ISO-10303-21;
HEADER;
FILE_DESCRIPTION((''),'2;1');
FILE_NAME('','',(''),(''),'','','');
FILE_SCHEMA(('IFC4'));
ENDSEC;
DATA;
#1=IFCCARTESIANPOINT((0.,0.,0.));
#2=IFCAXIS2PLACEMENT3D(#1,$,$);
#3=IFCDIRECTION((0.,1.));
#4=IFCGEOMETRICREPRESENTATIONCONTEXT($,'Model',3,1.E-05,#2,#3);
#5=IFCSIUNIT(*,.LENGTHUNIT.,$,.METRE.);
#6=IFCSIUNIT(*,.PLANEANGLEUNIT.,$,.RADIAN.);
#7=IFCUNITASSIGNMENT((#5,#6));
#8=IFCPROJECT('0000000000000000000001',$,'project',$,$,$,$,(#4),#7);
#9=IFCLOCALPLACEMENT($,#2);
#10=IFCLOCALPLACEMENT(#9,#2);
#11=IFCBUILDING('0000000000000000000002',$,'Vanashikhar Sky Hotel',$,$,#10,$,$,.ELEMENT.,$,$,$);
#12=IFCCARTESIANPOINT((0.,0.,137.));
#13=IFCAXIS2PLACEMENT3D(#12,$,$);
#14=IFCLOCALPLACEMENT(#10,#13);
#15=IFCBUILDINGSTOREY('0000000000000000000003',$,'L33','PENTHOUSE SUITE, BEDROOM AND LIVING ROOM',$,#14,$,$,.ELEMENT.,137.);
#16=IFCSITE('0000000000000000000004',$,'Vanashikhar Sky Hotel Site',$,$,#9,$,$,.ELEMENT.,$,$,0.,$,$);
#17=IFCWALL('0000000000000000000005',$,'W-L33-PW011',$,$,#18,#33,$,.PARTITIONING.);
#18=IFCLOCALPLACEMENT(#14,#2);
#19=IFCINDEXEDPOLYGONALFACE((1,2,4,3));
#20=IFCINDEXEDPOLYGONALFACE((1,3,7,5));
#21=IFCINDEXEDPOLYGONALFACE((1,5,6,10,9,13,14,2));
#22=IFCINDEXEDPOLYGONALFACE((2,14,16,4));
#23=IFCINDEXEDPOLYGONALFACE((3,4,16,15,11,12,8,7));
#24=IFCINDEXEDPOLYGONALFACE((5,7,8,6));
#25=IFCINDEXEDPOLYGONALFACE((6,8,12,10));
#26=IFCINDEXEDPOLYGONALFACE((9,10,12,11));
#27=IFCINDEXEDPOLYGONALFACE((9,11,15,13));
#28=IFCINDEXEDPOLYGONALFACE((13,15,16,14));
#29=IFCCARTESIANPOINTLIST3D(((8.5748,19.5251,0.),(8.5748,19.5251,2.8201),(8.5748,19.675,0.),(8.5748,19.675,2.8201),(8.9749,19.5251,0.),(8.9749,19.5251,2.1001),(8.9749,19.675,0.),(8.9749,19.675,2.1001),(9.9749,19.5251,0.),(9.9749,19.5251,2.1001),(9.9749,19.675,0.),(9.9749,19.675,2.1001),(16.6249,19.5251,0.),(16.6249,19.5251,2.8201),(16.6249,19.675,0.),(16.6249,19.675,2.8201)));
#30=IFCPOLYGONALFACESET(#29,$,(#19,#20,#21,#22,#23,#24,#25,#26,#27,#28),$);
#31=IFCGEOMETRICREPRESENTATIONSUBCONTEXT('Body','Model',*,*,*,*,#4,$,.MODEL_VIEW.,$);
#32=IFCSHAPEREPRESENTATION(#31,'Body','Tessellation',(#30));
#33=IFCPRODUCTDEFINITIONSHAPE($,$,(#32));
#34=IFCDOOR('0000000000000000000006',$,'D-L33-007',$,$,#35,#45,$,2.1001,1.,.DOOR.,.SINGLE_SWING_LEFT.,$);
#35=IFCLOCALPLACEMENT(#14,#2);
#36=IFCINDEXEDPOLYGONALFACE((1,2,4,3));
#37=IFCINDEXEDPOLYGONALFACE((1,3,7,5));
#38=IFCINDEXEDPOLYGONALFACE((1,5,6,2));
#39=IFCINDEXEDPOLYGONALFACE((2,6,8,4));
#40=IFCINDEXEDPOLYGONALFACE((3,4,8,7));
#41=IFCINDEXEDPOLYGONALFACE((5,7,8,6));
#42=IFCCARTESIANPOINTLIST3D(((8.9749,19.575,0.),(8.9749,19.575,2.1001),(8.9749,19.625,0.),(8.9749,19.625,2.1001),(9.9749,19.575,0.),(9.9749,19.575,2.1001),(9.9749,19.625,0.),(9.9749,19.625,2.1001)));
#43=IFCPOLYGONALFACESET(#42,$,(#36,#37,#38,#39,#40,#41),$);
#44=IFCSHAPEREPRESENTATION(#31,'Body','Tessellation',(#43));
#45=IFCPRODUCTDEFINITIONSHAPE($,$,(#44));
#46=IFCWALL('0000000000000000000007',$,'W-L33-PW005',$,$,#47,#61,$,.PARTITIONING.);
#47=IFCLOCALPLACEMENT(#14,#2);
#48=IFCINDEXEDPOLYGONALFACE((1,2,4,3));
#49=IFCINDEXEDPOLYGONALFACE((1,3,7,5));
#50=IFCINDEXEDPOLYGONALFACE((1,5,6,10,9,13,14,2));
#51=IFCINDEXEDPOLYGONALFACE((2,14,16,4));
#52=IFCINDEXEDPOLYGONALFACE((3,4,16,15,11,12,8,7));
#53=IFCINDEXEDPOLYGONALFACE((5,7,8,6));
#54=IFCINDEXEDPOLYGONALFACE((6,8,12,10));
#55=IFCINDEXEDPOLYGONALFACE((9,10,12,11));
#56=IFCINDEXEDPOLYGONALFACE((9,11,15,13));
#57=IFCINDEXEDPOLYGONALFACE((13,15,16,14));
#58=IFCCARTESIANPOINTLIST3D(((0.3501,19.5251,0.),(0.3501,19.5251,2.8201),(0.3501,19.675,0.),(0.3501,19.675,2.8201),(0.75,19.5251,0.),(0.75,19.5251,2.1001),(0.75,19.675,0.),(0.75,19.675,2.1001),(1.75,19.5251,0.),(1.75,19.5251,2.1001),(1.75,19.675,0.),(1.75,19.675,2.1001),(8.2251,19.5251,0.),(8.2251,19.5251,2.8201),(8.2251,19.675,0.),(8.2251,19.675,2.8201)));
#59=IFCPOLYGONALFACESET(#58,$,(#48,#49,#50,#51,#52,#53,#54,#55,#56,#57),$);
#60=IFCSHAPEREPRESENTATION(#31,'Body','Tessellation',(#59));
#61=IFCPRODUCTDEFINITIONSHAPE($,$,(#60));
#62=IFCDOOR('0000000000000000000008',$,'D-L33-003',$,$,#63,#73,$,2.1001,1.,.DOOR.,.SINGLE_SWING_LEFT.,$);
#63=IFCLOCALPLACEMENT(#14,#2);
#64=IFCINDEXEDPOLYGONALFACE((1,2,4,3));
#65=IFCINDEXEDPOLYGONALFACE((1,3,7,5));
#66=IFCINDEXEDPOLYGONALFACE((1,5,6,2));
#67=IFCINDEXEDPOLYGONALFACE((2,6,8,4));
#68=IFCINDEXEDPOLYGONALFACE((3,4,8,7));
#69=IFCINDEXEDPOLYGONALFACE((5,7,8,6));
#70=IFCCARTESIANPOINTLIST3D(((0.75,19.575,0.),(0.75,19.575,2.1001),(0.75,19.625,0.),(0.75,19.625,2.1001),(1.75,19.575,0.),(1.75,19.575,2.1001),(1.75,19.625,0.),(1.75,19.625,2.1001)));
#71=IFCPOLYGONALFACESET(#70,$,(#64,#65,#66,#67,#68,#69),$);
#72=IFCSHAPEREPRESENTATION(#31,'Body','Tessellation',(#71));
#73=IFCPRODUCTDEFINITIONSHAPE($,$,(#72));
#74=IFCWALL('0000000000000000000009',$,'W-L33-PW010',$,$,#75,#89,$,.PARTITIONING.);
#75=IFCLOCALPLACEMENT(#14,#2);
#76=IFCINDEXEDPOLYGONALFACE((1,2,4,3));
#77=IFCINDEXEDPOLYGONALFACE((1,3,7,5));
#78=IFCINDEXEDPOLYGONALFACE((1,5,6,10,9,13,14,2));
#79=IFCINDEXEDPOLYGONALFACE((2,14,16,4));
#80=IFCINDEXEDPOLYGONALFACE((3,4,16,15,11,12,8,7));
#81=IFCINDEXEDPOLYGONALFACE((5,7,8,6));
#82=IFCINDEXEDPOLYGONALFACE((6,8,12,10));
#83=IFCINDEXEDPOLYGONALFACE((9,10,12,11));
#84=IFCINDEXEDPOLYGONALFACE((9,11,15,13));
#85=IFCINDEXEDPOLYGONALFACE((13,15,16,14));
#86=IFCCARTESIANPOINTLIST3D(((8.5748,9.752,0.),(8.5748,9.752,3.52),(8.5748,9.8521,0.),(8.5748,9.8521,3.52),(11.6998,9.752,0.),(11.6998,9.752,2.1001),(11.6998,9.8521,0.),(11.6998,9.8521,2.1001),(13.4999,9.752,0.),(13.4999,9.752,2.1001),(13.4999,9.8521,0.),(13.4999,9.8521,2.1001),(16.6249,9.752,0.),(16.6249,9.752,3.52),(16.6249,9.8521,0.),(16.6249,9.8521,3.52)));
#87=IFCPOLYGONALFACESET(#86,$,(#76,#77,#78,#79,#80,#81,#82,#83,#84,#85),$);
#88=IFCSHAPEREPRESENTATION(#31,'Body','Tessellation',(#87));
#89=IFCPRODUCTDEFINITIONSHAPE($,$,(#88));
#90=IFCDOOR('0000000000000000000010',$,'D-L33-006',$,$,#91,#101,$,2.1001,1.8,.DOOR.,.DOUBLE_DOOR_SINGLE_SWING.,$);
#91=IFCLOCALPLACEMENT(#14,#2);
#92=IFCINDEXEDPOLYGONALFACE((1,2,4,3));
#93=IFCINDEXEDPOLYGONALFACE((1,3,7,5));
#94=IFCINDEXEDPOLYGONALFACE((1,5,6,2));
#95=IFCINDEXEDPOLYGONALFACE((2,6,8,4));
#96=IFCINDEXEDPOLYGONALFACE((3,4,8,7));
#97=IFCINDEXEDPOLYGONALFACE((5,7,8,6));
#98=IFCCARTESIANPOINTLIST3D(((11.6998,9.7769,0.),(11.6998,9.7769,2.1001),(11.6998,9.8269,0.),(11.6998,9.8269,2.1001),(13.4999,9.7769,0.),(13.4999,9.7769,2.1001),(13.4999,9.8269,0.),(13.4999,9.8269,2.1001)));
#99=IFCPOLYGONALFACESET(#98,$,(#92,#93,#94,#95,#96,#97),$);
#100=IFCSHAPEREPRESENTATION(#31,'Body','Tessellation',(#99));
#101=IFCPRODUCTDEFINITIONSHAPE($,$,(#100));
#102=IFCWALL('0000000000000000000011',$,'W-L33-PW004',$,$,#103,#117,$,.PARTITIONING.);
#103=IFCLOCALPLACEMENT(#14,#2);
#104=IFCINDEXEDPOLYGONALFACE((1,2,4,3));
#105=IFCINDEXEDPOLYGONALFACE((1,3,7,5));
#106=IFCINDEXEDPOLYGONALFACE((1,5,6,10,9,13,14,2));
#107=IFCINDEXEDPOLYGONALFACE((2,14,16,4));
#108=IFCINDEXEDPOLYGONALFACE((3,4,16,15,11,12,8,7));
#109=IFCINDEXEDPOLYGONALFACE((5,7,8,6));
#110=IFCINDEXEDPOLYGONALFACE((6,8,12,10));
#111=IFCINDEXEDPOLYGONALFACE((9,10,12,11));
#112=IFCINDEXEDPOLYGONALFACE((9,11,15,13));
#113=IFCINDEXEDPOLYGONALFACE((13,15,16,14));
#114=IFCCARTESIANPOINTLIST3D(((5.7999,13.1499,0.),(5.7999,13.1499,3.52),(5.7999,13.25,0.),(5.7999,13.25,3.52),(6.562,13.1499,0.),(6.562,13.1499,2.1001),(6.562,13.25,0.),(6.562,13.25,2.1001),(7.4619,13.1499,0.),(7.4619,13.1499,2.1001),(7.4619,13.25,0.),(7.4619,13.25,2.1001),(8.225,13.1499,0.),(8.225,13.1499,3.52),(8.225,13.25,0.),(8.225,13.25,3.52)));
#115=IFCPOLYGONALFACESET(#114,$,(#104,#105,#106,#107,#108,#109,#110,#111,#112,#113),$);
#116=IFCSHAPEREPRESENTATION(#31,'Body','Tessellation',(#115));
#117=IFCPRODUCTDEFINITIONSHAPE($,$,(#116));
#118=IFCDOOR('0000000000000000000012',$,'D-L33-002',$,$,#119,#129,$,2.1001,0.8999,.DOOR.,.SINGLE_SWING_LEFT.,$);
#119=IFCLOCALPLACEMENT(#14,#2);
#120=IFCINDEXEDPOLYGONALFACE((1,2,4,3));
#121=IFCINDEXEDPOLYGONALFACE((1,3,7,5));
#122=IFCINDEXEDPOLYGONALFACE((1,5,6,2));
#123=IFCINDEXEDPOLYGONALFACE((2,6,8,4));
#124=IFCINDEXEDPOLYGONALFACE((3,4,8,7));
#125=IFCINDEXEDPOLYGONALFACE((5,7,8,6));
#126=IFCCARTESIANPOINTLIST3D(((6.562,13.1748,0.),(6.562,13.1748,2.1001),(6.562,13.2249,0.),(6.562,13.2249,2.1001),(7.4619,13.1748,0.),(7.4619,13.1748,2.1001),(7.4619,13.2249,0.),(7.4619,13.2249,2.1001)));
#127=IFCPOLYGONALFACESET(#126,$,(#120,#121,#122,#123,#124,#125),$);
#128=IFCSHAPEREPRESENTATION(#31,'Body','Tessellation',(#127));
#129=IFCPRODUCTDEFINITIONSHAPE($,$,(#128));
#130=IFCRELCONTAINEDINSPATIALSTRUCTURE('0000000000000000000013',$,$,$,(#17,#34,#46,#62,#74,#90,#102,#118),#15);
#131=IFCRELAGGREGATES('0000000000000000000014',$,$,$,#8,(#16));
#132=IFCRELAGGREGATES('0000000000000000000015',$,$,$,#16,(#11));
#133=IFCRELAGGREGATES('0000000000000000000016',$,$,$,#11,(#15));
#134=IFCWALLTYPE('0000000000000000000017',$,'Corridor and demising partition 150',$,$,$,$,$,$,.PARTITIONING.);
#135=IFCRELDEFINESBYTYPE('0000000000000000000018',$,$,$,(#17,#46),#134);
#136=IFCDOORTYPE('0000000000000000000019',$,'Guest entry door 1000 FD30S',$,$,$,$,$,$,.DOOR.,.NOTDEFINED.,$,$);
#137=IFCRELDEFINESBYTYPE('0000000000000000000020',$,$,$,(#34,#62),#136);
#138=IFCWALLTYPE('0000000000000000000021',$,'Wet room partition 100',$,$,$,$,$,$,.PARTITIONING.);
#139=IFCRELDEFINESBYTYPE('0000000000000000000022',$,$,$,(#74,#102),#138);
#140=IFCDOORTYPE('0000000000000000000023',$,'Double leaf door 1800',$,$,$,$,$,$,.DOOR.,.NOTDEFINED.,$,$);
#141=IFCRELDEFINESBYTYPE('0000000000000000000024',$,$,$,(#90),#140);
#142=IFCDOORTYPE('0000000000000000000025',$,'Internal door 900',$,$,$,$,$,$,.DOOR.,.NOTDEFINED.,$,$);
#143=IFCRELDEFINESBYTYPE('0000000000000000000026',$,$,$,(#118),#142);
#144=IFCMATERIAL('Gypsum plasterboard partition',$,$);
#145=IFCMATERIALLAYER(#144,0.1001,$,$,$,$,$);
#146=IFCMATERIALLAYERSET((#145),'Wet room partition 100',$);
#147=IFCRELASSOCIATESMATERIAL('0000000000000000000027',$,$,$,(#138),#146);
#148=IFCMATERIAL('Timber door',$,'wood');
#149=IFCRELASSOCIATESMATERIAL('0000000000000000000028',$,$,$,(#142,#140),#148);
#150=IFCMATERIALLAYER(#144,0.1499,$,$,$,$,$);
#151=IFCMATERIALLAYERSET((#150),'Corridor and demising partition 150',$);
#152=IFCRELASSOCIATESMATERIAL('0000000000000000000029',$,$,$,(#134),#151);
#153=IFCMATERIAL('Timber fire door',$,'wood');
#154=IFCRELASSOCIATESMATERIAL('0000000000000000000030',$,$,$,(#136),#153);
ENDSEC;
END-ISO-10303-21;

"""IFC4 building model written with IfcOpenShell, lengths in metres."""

from ifc_helpers import new_model, si_unit, direction, frame, frame_2d, origin, place, context, subcontext, project, spatial, rectangle, extrude, source, transform, mapped, material, layer, layer_set, type_object, element, fill, save


model = new_model("IFC4")

# Units and contexts
model_context = context("Model", 3, precision=1e-05, world=origin(), true_north=direction((0.0, 1.0)))
body_context = subcontext(model_context, "Body", "Model", "MODEL_VIEW")
ifc_project = project(units=[si_unit("LENGTHUNIT", "METRE"), si_unit("PLANEANGLEUNIT", "RADIAN")], contexts=[model_context])

# Site, building, storey
site_placement = place(None, origin())
site = spatial("IfcSite", under=ifc_project, at=site_placement, Name="Vanashikhar Sky Hotel Site", CompositionType="ELEMENT", RefElevation=0.0)
building_placement = place(site_placement, origin())
building = spatial("IfcBuilding", under=site, at=building_placement, Name="Vanashikhar Sky Hotel", CompositionType="ELEMENT")
storey_placement = place(building_placement, frame((0.0, 0.0, 137.0)))
storey = spatial("IfcBuildingStorey", under=building, at=storey_placement, Name="L33", Description="PENTHOUSE SUITE, BEDROOM AND LIVING ROOM", CompositionType="ELEMENT", Elevation=137.0)

# Shared definitions
ifc_material_1 = material(Name="Gypsum plasterboard partition")
ifc_layer_1 = layer(ifc_material_1, 0.1001)
ifc_layer_set_1 = layer_set([ifc_layer_1], Name="Wet room partition 100")
wall_type_1 = type_object("IfcWallType", Name="Wet room partition 100", PredefinedType="PARTITIONING", material=ifc_layer_set_1)
shared_shape_1 = source(origin(), body_context, "Body", "SweptSolid", [
    extrude(rectangle(XDim=0.8999, YDim=2.1001, at=frame_2d((0.45, 1.05))), frame((0.0, 0.0601, 0.0), z_axis=(0.0, -1.0, 0.0), x_axis=(1.0, 0.0, 0.0)), (0.0, 0.0, 1.0), 0.1201),
])
ifc_material_2 = material(Name="Timber door", Category="wood")
door_type_1 = type_object("IfcDoorType", Name="Internal door 900", OperationType="NOTDEFINED", PredefinedType="DOOR", material=ifc_material_2)
shared_shape_2 = source(origin(), body_context, "Body", "SweptSolid", [
    extrude(rectangle(XDim=0.8999, YDim=2.1001, at=frame_2d((0.45, 1.05))), frame((0.0, 0.0249, 0.0), z_axis=(0.0, -1.0, 0.0), x_axis=(1.0, 0.0, 0.0)), (0.0, 0.0, 1.0), 0.05),
])

# Walls, openings, doors
ifc_layer_2 = layer(ifc_material_1, 0.1499)
ifc_layer_set_2 = layer_set([ifc_layer_2], Name="Corridor and demising partition 150")
wall_type_2 = type_object("IfcWallType", Name="Corridor and demising partition 150", PredefinedType="PARTITIONING", material=ifc_layer_set_2)
shared_shape_3 = source(origin(), body_context, "Body", "SweptSolid", [
    extrude(rectangle(XDim=8.05, YDim=0.1499, at=frame_2d((4.0249, 0.0))), origin(), (0.0, 0.0, 1.0), 2.8201),
])
wall_1_placement = place(storey_placement, frame((8.575, 19.6001, 0.0), z_axis=(0.0, 0.0, 1.0), x_axis=(1.0, 0.0, 0.0)))
wall_1 = element("IfcWall", 1, at=wall_1_placement, inside=storey, type_object=wall_type_2, Name="W-L33-PW011", PredefinedType="PARTITIONING", context=body_context, shape_type="MappedRepresentation", body=[
    mapped(shared_shape_3, transform((0.0, 0.0, 0.0), scale=1.0)),
])
shared_shape_4 = source(origin(), body_context, "Body", "SweptSolid", [
    extrude(rectangle(XDim=1.0, YDim=2.1001, at=frame_2d((0.5, 1.05))), frame((0.0, 0.085, 0.0), z_axis=(0.0, -1.0, 0.0), x_axis=(1.0, 0.0, 0.0)), (0.0, 0.0, 1.0), 0.1699),
])
opening_1_placement = place(wall_1_placement, frame((0.3999, 0.0, 0.0)))
opening_1 = element("IfcOpeningElement", 2, at=opening_1_placement, cuts=wall_1, PredefinedType="OPENING", context=body_context, shape_type="MappedRepresentation", body=[
    mapped(shared_shape_4, transform((0.0, 0.0, 0.0), scale=1.0)),
])
ifc_material_3 = material(Name="Timber fire door", Category="wood")
door_type_2 = type_object("IfcDoorType", Name="Guest entry door 1000 FD30S", OperationType="NOTDEFINED", PredefinedType="DOOR", material=ifc_material_3)
shared_shape_5 = source(origin(), body_context, "Body", "SweptSolid", [
    extrude(rectangle(XDim=1.0, YDim=2.1001, at=frame_2d((0.5, 1.05))), frame((0.0, 0.0249, 0.0), z_axis=(0.0, -1.0, 0.0), x_axis=(1.0, 0.0, 0.0)), (0.0, 0.0, 1.0), 0.05),
])
door_1_placement = place(opening_1_placement, origin())
door_1 = element("IfcDoor", 3, at=door_1_placement, inside=storey, type_object=door_type_2, Name="D-L33-007", OperationType="SINGLE_SWING_LEFT", OverallHeight=2.1001, OverallWidth=1.0, PredefinedType="DOOR", context=body_context, shape_type="MappedRepresentation", body=[
    mapped(shared_shape_5, transform((0.0, 0.0, 0.0), scale=1.0)),
])
fill(opening_1, door_1)
shared_shape_6 = source(origin(), body_context, "Body", "SweptSolid", [
    extrude(rectangle(XDim=7.875, YDim=0.1499, at=frame_2d((3.9375, 0.0))), origin(), (0.0, 0.0, 1.0), 2.8201),
])
wall_2_placement = place(storey_placement, frame((0.3501, 19.6001, 0.0), z_axis=(0.0, 0.0, 1.0), x_axis=(1.0, 0.0, 0.0)))
wall_2 = element("IfcWall", 4, at=wall_2_placement, inside=storey, type_object=wall_type_2, Name="W-L33-PW005", PredefinedType="PARTITIONING", context=body_context, shape_type="MappedRepresentation", body=[
    mapped(shared_shape_6, transform((0.0, 0.0, 0.0), scale=1.0)),
])
opening_2_placement = place(wall_2_placement, frame((0.3999, 0.0, 0.0)))
opening_2 = element("IfcOpeningElement", 5, at=opening_2_placement, cuts=wall_2, PredefinedType="OPENING", context=body_context, shape_type="MappedRepresentation", body=[
    mapped(shared_shape_4, transform((0.0, 0.0, 0.0), scale=1.0)),
])
door_2_placement = place(opening_2_placement, origin())
door_2 = element("IfcDoor", 6, at=door_2_placement, inside=storey, type_object=door_type_2, Name="D-L33-003", OperationType="SINGLE_SWING_LEFT", OverallHeight=2.1001, OverallWidth=1.0, PredefinedType="DOOR", context=body_context, shape_type="MappedRepresentation", body=[
    mapped(shared_shape_5, transform((0.0, 0.0, 0.0), scale=1.0)),
])
fill(opening_2, door_2)
shared_shape_7 = source(origin(), body_context, "Body", "SweptSolid", [
    extrude(rectangle(XDim=8.05, YDim=0.1001, at=frame_2d((4.0249, 0.0))), origin(), (0.0, 0.0, 1.0), 3.52),
])
wall_3_placement = place(storey_placement, frame((8.575, 9.802, 0.0), z_axis=(0.0, 0.0, 1.0), x_axis=(1.0, 0.0, 0.0)))
wall_3 = element("IfcWall", 7, at=wall_3_placement, inside=storey, type_object=wall_type_1, Name="W-L33-PW010", PredefinedType="PARTITIONING", context=body_context, shape_type="MappedRepresentation", body=[
    mapped(shared_shape_7, transform((0.0, 0.0, 0.0), scale=1.0)),
])
shared_shape_8 = source(origin(), body_context, "Body", "SweptSolid", [
    extrude(rectangle(XDim=1.8, YDim=2.1001, at=frame_2d((0.8999, 1.05))), frame((0.0, 0.0601, 0.0), z_axis=(0.0, -1.0, 0.0), x_axis=(1.0, 0.0, 0.0)), (0.0, 0.0, 1.0), 0.1201),
])
opening_3_placement = place(wall_3_placement, frame((3.125, 0.0, 0.0)))
opening_3 = element("IfcOpeningElement", 8, at=opening_3_placement, cuts=wall_3, PredefinedType="OPENING", context=body_context, shape_type="MappedRepresentation", body=[
    mapped(shared_shape_8, transform((0.0, 0.0, 0.0), scale=1.0)),
])
door_type_3 = type_object("IfcDoorType", Name="Double leaf door 1800", OperationType="NOTDEFINED", PredefinedType="DOOR", material=ifc_material_2)
shared_shape_9 = source(origin(), body_context, "Body", "SweptSolid", [
    extrude(rectangle(XDim=1.8, YDim=2.1001, at=frame_2d((0.8999, 1.05))), frame((0.0, 0.0249, 0.0), z_axis=(0.0, -1.0, 0.0), x_axis=(1.0, 0.0, 0.0)), (0.0, 0.0, 1.0), 0.05),
])
door_3_placement = place(opening_3_placement, origin())
door_3 = element("IfcDoor", 9, at=door_3_placement, inside=storey, type_object=door_type_3, Name="D-L33-006", OperationType="DOUBLE_DOOR_SINGLE_SWING", OverallHeight=2.1001, OverallWidth=1.8, PredefinedType="DOOR", context=body_context, shape_type="MappedRepresentation", body=[
    mapped(shared_shape_9, transform((0.0, 0.0, 0.0), scale=1.0)),
])
fill(opening_3, door_3)
shared_shape_10 = source(origin(), body_context, "Body", "SweptSolid", [
    extrude(rectangle(XDim=2.425, YDim=0.1001, at=frame_2d((1.2124, 0.0))), origin(), (0.0, 0.0, 1.0), 3.52),
])
wall_4_placement = place(storey_placement, frame((5.8, 13.2, 0.0), z_axis=(0.0, 0.0, 1.0), x_axis=(1.0, 0.0, 0.0)))
wall_4 = element("IfcWall", 10, at=wall_4_placement, inside=storey, type_object=wall_type_1, Name="W-L33-PW004", PredefinedType="PARTITIONING", context=body_context, shape_type="MappedRepresentation", body=[
    mapped(shared_shape_10, transform((0.0, 0.0, 0.0), scale=1.0)),
])
opening_4_placement = place(wall_4_placement, frame((0.762, 0.0, 0.0)))
opening_4 = element("IfcOpeningElement", 11, at=opening_4_placement, cuts=wall_4, PredefinedType="OPENING", context=body_context, shape_type="MappedRepresentation", body=[
    mapped(shared_shape_1, transform((0.0, 0.0, 0.0), scale=1.0)),
])
door_4_placement = place(opening_4_placement, origin())
door_4 = element("IfcDoor", 12, at=door_4_placement, inside=storey, type_object=door_type_1, Name="D-L33-002", OperationType="SINGLE_SWING_LEFT", OverallHeight=2.1001, OverallWidth=0.8999, PredefinedType="DOOR", context=body_context, shape_type="MappedRepresentation", body=[
    mapped(shared_shape_2, transform((0.0, 0.0, 0.0), scale=1.0)),
])
fill(opening_4, door_4)

save(model, "model.ifc")
